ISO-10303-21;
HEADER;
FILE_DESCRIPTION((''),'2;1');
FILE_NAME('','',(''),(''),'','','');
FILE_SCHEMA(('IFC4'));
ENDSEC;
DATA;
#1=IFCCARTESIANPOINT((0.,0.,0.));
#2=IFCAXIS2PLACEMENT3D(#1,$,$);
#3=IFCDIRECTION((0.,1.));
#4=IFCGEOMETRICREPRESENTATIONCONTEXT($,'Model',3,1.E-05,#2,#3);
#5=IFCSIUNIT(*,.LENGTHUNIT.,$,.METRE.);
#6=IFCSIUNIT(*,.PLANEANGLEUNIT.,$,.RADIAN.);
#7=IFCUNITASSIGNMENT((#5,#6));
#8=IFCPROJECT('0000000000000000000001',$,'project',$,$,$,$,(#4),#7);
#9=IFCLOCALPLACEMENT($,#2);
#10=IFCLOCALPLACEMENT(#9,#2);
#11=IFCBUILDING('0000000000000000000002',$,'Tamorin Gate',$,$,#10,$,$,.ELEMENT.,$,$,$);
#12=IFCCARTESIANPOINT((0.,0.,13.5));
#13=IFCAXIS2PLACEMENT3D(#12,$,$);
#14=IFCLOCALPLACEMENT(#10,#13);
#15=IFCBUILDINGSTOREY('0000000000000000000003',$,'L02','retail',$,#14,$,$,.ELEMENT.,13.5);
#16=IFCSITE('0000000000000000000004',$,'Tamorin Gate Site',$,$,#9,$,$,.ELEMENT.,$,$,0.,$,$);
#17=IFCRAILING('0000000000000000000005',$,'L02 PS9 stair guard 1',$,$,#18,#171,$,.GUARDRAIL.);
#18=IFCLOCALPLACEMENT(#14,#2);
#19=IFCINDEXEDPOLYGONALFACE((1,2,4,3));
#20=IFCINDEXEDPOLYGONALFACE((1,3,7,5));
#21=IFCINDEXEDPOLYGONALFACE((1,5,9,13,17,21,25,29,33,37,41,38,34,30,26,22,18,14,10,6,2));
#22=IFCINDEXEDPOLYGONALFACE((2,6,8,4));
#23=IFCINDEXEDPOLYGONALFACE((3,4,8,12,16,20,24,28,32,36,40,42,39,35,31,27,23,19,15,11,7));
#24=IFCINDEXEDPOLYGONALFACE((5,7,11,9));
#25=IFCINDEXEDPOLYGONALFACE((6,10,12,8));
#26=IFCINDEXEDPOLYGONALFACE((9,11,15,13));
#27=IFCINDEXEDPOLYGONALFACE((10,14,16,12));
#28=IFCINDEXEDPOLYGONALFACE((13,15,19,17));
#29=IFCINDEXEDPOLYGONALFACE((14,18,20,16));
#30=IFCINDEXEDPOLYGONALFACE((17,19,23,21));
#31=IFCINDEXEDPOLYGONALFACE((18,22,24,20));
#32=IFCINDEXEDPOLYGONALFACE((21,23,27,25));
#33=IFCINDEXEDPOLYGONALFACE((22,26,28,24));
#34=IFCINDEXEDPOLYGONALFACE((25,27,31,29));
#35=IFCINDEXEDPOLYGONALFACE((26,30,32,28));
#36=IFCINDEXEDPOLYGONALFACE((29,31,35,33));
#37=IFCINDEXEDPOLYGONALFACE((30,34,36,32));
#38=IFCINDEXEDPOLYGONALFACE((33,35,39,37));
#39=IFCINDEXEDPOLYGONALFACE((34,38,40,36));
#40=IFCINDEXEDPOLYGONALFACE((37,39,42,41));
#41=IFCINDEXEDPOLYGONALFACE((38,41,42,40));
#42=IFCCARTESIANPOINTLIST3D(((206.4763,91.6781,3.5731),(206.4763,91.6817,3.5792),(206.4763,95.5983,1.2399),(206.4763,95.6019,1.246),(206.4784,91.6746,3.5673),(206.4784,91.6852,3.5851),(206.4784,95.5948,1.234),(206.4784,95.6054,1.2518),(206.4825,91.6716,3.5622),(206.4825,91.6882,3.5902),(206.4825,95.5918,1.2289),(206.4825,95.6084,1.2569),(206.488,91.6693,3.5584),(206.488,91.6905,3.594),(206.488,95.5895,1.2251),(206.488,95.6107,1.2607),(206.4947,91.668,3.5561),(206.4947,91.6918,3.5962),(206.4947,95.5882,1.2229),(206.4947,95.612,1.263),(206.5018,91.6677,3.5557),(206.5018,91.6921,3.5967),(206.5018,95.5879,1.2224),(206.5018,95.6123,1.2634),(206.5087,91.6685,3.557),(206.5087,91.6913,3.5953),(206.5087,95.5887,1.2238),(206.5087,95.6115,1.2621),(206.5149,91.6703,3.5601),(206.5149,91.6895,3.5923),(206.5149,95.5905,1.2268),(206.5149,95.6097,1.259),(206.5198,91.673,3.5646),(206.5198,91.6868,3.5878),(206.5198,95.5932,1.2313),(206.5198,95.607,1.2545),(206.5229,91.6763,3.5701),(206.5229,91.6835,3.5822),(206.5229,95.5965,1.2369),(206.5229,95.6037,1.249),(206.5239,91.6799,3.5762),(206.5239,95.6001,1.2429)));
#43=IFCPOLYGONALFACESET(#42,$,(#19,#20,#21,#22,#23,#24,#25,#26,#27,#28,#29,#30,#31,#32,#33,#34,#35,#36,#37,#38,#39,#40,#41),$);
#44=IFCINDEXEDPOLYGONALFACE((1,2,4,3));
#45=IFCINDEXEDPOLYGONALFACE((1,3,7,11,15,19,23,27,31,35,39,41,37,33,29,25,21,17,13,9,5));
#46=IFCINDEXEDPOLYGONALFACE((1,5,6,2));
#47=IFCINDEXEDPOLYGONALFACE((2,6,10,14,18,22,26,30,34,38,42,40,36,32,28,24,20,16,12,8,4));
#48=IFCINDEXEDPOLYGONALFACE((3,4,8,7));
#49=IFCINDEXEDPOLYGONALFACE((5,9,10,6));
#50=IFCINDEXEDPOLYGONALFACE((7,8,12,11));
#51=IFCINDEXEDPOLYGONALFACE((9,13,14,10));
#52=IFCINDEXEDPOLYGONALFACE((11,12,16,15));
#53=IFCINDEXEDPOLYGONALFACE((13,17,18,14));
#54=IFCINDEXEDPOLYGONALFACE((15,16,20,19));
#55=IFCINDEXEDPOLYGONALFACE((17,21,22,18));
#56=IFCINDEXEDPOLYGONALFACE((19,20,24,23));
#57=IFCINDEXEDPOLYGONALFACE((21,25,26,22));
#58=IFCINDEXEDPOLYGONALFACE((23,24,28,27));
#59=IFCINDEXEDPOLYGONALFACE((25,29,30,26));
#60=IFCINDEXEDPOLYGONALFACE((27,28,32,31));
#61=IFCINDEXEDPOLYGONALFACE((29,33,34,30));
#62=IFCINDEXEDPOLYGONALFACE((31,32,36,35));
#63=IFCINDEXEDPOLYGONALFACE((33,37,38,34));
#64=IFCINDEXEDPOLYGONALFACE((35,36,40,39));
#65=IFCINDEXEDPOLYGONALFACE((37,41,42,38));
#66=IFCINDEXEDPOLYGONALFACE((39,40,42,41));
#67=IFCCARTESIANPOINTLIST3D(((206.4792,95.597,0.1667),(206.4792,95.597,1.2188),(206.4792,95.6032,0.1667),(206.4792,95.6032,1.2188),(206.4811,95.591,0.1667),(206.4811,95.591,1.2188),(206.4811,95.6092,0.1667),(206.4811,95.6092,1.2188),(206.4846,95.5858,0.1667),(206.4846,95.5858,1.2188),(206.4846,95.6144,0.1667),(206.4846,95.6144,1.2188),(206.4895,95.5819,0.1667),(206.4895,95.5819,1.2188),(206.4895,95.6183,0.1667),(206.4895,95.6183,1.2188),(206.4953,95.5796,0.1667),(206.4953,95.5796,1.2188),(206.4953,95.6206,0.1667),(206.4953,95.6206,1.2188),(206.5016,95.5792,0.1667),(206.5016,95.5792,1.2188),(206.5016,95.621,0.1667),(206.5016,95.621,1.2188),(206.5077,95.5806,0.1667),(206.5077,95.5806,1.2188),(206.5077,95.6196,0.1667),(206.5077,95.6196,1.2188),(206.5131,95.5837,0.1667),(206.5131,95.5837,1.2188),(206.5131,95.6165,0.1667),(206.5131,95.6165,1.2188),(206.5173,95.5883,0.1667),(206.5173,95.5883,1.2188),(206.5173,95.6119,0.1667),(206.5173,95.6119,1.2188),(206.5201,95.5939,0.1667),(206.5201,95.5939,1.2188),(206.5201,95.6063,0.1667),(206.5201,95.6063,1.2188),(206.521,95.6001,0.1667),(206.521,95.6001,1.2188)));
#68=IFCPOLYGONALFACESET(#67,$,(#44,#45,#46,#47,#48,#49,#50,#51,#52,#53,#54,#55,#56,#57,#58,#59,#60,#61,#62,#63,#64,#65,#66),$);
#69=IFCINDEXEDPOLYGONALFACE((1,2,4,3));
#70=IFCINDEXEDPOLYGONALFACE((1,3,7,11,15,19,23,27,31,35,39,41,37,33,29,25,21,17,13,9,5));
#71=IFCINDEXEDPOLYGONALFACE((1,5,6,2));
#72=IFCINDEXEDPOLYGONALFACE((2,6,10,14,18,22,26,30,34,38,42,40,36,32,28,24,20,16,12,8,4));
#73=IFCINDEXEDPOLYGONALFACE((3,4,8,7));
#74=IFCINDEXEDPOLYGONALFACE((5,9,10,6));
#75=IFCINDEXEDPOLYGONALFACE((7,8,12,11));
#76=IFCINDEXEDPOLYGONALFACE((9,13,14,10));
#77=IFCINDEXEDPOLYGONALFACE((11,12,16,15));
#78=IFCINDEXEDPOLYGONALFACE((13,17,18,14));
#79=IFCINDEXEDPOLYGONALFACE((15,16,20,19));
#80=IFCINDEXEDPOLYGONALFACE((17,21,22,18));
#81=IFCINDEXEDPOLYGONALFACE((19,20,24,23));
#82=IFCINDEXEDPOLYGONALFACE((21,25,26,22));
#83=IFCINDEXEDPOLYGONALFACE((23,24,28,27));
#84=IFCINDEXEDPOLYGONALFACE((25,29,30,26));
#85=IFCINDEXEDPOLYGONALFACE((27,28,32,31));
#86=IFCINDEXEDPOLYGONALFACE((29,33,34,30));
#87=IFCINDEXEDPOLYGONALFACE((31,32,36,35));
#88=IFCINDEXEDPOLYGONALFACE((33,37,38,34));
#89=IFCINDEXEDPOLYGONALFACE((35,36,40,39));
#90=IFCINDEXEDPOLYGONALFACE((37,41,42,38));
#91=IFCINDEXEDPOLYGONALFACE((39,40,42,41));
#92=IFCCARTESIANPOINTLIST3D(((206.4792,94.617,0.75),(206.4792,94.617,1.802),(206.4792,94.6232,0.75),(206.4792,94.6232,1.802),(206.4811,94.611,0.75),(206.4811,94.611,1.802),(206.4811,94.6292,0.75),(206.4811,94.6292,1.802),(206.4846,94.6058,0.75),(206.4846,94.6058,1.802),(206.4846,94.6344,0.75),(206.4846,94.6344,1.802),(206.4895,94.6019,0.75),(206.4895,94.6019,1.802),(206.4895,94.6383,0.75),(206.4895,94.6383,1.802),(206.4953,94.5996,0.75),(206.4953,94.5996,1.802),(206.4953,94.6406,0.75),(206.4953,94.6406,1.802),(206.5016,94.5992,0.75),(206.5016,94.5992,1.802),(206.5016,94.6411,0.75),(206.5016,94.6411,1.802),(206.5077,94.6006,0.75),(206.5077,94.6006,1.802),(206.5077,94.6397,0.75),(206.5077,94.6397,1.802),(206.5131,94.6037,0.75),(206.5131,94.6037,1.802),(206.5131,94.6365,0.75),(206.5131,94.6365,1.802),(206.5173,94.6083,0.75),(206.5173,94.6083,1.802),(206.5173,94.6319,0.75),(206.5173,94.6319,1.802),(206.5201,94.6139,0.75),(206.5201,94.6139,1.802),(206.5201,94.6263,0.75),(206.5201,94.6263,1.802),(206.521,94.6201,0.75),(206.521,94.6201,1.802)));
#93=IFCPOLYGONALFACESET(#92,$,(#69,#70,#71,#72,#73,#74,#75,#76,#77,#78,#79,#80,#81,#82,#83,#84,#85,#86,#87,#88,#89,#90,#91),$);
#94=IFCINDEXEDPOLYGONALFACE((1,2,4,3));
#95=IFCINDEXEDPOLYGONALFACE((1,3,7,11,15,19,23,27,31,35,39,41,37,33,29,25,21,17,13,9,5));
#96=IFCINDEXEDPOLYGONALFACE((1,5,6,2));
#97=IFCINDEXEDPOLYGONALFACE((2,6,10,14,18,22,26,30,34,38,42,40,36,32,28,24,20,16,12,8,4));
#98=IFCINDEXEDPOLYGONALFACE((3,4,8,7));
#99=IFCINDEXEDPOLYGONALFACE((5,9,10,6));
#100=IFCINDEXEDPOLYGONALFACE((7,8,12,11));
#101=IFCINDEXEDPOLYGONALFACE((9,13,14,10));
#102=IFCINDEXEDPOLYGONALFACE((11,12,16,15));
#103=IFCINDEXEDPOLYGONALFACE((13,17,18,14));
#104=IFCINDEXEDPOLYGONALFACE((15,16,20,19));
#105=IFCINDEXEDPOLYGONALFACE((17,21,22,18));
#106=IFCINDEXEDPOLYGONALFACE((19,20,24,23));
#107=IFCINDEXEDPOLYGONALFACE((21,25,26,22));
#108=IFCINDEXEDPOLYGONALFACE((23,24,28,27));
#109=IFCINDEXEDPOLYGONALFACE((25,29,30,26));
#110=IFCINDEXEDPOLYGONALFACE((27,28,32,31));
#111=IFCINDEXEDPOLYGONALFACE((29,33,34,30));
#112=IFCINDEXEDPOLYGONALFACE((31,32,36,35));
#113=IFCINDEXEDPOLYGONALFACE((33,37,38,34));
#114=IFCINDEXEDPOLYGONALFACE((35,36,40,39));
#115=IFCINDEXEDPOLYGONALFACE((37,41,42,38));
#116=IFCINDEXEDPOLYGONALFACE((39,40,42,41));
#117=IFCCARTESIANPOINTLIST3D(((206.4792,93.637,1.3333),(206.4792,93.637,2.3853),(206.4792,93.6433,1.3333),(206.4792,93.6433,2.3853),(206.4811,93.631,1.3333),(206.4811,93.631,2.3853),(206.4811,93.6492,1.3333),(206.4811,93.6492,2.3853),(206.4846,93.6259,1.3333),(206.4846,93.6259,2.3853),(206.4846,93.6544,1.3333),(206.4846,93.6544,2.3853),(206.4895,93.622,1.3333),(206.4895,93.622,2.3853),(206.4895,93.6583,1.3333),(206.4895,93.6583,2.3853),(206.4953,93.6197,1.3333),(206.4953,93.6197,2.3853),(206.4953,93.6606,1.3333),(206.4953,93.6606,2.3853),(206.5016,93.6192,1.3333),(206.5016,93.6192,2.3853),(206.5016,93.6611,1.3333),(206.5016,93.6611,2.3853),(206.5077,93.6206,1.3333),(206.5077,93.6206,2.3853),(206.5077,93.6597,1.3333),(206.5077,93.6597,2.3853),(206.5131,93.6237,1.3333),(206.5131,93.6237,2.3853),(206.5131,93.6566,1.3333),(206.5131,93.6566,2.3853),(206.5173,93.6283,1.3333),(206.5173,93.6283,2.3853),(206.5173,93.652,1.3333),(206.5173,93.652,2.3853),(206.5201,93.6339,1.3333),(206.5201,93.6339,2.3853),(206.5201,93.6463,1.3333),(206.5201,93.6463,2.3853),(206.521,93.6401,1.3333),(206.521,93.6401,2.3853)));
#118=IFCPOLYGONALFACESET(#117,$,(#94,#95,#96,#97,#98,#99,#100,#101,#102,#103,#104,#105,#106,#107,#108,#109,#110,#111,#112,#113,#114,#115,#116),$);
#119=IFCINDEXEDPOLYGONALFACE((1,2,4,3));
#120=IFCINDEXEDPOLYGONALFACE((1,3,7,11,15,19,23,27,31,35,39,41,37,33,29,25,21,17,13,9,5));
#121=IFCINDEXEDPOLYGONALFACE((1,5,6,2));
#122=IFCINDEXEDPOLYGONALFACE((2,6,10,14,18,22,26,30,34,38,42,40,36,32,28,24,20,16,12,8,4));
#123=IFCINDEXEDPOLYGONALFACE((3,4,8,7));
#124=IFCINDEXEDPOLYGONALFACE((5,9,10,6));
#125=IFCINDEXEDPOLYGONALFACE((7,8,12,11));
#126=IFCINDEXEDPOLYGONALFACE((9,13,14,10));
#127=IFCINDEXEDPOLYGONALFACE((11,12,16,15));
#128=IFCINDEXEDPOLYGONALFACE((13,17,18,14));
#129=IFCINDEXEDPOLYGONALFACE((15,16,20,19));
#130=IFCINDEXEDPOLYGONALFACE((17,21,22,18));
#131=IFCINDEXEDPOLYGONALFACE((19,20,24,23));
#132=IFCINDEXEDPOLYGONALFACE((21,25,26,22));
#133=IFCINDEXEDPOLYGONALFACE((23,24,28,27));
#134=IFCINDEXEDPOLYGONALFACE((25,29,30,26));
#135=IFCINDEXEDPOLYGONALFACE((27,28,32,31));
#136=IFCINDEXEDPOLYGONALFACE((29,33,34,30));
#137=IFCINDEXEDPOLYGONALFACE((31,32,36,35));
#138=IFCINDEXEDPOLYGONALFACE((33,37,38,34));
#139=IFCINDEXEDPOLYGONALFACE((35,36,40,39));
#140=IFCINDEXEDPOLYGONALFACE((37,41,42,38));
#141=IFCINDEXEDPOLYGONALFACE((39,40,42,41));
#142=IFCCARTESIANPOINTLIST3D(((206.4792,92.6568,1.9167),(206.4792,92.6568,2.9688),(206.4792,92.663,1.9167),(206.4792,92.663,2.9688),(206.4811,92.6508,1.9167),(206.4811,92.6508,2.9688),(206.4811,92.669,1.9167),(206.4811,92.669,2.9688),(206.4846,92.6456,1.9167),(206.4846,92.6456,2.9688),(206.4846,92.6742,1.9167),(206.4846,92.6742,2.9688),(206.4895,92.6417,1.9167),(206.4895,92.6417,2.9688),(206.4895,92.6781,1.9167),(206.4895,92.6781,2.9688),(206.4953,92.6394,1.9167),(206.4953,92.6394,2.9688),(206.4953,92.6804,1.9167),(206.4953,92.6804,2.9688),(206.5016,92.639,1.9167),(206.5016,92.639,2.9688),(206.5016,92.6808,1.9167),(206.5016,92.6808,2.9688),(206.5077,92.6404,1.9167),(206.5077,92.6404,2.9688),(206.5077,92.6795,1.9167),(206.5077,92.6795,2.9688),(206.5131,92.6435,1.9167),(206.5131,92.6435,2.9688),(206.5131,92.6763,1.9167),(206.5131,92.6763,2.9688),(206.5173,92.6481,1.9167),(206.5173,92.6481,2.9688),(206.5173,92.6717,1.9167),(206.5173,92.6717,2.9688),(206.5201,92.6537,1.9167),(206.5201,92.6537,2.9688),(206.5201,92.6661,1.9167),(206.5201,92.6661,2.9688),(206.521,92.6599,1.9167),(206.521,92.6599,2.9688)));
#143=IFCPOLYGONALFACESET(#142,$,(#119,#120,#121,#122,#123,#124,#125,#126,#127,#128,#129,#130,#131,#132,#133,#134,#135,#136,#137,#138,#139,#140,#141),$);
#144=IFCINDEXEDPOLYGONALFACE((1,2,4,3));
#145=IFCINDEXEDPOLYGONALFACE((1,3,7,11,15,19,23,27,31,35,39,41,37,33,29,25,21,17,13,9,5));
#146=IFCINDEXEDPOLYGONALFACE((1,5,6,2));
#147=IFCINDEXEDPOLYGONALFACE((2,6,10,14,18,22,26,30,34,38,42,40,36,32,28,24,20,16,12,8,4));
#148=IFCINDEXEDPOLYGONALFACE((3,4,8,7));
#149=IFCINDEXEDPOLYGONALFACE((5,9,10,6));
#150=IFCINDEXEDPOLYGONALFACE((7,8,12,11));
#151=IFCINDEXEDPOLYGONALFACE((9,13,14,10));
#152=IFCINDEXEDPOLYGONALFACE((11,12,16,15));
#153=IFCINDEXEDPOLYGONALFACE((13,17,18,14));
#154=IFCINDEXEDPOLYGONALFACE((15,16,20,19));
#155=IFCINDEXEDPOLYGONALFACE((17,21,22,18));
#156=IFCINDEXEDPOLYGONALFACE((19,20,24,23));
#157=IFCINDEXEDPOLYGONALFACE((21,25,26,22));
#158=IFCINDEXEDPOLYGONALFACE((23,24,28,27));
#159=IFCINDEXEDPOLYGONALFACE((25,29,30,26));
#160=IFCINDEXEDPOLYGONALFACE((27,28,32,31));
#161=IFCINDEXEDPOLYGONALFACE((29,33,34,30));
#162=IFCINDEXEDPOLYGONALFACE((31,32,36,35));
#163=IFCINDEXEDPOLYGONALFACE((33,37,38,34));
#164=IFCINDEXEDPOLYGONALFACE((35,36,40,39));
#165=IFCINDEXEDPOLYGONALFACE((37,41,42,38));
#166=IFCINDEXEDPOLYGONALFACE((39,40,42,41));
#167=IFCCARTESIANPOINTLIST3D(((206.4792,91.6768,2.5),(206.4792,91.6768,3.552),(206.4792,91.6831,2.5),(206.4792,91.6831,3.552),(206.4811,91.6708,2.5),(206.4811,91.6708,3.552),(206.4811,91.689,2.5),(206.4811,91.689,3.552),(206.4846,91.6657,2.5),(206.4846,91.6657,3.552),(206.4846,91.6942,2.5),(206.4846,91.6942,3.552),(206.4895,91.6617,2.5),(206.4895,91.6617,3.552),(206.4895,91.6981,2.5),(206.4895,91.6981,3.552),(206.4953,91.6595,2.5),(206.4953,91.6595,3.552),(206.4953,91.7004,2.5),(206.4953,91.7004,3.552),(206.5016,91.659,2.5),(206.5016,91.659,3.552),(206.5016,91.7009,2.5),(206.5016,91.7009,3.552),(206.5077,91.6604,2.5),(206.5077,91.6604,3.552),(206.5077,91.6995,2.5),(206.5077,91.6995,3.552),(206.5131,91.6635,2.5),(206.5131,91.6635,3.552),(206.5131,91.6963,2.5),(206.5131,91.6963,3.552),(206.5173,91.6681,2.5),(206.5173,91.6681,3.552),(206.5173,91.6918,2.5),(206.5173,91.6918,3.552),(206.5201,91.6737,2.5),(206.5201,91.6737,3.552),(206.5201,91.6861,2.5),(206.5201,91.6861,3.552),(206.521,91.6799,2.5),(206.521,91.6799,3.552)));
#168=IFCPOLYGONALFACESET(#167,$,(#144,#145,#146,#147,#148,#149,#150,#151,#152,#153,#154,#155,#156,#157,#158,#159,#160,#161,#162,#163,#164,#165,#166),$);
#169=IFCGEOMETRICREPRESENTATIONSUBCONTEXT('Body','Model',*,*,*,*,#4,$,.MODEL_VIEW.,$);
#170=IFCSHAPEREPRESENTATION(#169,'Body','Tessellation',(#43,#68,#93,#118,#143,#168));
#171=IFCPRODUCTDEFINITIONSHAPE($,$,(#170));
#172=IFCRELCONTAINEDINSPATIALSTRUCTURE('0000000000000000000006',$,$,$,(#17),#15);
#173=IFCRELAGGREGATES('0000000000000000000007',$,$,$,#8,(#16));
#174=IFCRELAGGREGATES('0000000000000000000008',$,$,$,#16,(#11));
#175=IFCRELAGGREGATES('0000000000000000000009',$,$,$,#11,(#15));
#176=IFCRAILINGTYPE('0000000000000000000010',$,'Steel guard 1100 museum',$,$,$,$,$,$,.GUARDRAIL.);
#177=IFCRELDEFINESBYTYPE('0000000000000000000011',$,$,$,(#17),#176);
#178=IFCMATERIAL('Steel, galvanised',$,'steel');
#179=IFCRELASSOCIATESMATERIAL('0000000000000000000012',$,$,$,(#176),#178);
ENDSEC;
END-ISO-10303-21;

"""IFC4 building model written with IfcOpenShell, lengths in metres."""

from ifc_helpers import new_model, si_unit, direction, frame, origin, origin_2d, place, context, subcontext, project, spatial, circle, extrude, material, type_object, element, save


model = new_model("IFC4")

# Units and contexts
model_context = context("Model", 3, precision=1e-05, world=origin(), true_north=direction((0.0, 1.0)))
body_context = subcontext(model_context, "Body", "Model", "MODEL_VIEW")
ifc_project = project(units=[si_unit("LENGTHUNIT", "METRE"), si_unit("PLANEANGLEUNIT", "RADIAN")], contexts=[model_context])

# Site, building, storey
site_placement = place(None, origin())
site = spatial("IfcSite", under=ifc_project, at=site_placement, Name="Tamorin Gate Site", CompositionType="ELEMENT", RefElevation=0.0)
building_placement = place(site_placement, origin())
building = spatial("IfcBuilding", under=site, at=building_placement, Name="Tamorin Gate", CompositionType="ELEMENT")
storey_placement = place(building_placement, frame((0.0, 0.0, 13.5)))
storey = spatial("IfcBuildingStorey", under=building, at=storey_placement, Name="L02", Description="retail", CompositionType="ELEMENT", Elevation=13.5)

# Railing
ifc_material_1 = material(Name="Steel, galvanised", Category="steel")
railing_type_1 = type_object("IfcRailingType", Name="Steel guard 1100 museum", PredefinedType="GUARDRAIL", material=ifc_material_1)
railing_1_placement = place(storey_placement, frame((206.5, 95.6001, 0.1667)))
element("IfcRailing", 1, at=railing_1_placement, inside=storey, type_object=railing_type_1, Name="L02 PS9 stair guard 1", PredefinedType="GUARDRAIL", context=body_context, shape_type="SweptSolid", body=[
    extrude(circle(Radius=0.0239, at=origin_2d()), frame((0.0, 0.0, 1.0762), z_axis=(0.0, -0.85931, 0.511455), x_axis=(1.0, 0.0, 0.0)), (0.0, 0.0, 1.0), 4.562),
    extrude(circle(Radius=0.021, at=origin_2d()), origin(), (0.0, 0.0, 1.0), 1.052),
    extrude(circle(Radius=0.021, at=origin_2d()), frame((0.0, -0.98, 0.5833)), (0.0, 0.0, 1.0), 1.052),
    extrude(circle(Radius=0.021, at=origin_2d()), frame((0.0, -1.96, 1.1665)), (0.0, 0.0, 1.0), 1.052),
    extrude(circle(Radius=0.021, at=origin_2d()), frame((0.0, -2.9402, 1.75)), (0.0, 0.0, 1.0), 1.052),
    extrude(circle(Radius=0.021, at=origin_2d()), frame((0.0, -3.9202, 2.3333)), (0.0, 0.0, 1.0), 1.052),
])

save(model, "model.ifc")
